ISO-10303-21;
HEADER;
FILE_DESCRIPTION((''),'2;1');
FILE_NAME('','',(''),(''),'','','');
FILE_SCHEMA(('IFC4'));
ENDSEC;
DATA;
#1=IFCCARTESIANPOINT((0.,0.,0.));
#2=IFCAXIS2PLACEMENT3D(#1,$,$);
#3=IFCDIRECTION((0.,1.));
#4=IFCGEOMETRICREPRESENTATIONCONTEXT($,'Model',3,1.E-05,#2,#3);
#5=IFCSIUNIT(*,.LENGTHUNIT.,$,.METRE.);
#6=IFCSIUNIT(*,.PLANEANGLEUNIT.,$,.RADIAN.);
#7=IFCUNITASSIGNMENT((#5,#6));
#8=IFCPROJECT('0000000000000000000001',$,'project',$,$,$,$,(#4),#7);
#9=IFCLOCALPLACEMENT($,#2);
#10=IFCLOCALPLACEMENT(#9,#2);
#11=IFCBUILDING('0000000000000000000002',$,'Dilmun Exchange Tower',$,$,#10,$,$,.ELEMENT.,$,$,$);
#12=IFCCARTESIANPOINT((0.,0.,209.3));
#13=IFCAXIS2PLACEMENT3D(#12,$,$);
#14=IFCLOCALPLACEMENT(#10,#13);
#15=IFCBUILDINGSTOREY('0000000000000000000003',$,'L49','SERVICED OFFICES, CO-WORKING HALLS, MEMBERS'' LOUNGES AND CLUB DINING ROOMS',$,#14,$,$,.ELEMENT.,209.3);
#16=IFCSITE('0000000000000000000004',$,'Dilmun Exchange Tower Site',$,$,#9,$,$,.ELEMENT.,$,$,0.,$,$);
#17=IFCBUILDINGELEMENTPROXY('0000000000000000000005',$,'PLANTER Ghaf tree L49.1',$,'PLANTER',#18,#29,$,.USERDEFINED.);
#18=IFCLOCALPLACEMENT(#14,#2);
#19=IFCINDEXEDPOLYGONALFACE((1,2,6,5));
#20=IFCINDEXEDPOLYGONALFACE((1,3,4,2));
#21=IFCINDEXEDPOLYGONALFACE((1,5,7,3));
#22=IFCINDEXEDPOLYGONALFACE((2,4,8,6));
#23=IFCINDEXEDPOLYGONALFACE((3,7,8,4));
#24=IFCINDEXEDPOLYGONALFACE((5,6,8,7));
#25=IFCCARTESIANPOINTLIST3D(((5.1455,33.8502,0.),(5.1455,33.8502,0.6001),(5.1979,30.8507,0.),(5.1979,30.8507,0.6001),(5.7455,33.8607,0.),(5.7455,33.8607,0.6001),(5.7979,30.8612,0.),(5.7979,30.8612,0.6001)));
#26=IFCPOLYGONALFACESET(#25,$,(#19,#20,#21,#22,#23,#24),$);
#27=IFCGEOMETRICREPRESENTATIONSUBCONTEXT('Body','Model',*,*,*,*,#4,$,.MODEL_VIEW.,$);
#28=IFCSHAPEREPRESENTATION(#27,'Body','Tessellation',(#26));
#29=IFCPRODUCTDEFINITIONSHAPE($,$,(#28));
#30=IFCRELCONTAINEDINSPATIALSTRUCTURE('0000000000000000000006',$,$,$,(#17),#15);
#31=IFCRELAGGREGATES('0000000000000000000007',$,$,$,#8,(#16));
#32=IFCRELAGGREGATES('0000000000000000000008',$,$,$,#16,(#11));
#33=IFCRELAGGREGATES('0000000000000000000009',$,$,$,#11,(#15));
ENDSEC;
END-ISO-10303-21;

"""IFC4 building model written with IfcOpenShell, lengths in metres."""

from ifc_helpers import new_model, si_unit, direction, frame, origin, origin_2d, place, context, subcontext, project, spatial, rectangle, extrude, element, save


model = new_model("IFC4")

# Units and contexts
model_context = context("Model", 3, precision=1e-05, world=origin(), true_north=direction((0.0, 1.0)))
body_context = subcontext(model_context, "Body", "Model", "MODEL_VIEW")
ifc_project = project(units=[si_unit("LENGTHUNIT", "METRE"), si_unit("PLANEANGLEUNIT", "RADIAN")], contexts=[model_context])

# Site, building, storey
site_placement = place(None, origin())
site = spatial("IfcSite", under=ifc_project, at=site_placement, Name="Dilmun Exchange Tower Site", CompositionType="ELEMENT", RefElevation=0.0)
building_placement = place(site_placement, origin())
building = spatial("IfcBuilding", under=site, at=building_placement, Name="Dilmun Exchange Tower", CompositionType="ELEMENT")
storey_placement = place(building_placement, frame((0.0, 0.0, 209.3)))
storey = spatial("IfcBuildingStorey", under=building, at=storey_placement, Name="L49", Description="SERVICED OFFICES, CO-WORKING HALLS, MEMBERS' LOUNGES AND CLUB DINING ROOMS", CompositionType="ELEMENT", Elevation=209.3)

# Building element proxy
proxy_placement = place(storey_placement, frame((5.4717, 32.3557, 0.0), z_axis=(0.0, 0.0, 1.0), x_axis=(-0.017452, 0.999848, 0.0)))
element("IfcBuildingElementProxy", 1, at=proxy_placement, inside=storey, Name="PLANTER Ghaf tree L49.1", ObjectType="PLANTER", PredefinedType="USERDEFINED", context=body_context, shape_type="SweptSolid", body=[
    extrude(rectangle(XDim=3.0, YDim=0.6001, at=origin_2d()), origin(), (0.0, 0.0, 1.0), 0.6001),
])

save(model, "model.ifc")
